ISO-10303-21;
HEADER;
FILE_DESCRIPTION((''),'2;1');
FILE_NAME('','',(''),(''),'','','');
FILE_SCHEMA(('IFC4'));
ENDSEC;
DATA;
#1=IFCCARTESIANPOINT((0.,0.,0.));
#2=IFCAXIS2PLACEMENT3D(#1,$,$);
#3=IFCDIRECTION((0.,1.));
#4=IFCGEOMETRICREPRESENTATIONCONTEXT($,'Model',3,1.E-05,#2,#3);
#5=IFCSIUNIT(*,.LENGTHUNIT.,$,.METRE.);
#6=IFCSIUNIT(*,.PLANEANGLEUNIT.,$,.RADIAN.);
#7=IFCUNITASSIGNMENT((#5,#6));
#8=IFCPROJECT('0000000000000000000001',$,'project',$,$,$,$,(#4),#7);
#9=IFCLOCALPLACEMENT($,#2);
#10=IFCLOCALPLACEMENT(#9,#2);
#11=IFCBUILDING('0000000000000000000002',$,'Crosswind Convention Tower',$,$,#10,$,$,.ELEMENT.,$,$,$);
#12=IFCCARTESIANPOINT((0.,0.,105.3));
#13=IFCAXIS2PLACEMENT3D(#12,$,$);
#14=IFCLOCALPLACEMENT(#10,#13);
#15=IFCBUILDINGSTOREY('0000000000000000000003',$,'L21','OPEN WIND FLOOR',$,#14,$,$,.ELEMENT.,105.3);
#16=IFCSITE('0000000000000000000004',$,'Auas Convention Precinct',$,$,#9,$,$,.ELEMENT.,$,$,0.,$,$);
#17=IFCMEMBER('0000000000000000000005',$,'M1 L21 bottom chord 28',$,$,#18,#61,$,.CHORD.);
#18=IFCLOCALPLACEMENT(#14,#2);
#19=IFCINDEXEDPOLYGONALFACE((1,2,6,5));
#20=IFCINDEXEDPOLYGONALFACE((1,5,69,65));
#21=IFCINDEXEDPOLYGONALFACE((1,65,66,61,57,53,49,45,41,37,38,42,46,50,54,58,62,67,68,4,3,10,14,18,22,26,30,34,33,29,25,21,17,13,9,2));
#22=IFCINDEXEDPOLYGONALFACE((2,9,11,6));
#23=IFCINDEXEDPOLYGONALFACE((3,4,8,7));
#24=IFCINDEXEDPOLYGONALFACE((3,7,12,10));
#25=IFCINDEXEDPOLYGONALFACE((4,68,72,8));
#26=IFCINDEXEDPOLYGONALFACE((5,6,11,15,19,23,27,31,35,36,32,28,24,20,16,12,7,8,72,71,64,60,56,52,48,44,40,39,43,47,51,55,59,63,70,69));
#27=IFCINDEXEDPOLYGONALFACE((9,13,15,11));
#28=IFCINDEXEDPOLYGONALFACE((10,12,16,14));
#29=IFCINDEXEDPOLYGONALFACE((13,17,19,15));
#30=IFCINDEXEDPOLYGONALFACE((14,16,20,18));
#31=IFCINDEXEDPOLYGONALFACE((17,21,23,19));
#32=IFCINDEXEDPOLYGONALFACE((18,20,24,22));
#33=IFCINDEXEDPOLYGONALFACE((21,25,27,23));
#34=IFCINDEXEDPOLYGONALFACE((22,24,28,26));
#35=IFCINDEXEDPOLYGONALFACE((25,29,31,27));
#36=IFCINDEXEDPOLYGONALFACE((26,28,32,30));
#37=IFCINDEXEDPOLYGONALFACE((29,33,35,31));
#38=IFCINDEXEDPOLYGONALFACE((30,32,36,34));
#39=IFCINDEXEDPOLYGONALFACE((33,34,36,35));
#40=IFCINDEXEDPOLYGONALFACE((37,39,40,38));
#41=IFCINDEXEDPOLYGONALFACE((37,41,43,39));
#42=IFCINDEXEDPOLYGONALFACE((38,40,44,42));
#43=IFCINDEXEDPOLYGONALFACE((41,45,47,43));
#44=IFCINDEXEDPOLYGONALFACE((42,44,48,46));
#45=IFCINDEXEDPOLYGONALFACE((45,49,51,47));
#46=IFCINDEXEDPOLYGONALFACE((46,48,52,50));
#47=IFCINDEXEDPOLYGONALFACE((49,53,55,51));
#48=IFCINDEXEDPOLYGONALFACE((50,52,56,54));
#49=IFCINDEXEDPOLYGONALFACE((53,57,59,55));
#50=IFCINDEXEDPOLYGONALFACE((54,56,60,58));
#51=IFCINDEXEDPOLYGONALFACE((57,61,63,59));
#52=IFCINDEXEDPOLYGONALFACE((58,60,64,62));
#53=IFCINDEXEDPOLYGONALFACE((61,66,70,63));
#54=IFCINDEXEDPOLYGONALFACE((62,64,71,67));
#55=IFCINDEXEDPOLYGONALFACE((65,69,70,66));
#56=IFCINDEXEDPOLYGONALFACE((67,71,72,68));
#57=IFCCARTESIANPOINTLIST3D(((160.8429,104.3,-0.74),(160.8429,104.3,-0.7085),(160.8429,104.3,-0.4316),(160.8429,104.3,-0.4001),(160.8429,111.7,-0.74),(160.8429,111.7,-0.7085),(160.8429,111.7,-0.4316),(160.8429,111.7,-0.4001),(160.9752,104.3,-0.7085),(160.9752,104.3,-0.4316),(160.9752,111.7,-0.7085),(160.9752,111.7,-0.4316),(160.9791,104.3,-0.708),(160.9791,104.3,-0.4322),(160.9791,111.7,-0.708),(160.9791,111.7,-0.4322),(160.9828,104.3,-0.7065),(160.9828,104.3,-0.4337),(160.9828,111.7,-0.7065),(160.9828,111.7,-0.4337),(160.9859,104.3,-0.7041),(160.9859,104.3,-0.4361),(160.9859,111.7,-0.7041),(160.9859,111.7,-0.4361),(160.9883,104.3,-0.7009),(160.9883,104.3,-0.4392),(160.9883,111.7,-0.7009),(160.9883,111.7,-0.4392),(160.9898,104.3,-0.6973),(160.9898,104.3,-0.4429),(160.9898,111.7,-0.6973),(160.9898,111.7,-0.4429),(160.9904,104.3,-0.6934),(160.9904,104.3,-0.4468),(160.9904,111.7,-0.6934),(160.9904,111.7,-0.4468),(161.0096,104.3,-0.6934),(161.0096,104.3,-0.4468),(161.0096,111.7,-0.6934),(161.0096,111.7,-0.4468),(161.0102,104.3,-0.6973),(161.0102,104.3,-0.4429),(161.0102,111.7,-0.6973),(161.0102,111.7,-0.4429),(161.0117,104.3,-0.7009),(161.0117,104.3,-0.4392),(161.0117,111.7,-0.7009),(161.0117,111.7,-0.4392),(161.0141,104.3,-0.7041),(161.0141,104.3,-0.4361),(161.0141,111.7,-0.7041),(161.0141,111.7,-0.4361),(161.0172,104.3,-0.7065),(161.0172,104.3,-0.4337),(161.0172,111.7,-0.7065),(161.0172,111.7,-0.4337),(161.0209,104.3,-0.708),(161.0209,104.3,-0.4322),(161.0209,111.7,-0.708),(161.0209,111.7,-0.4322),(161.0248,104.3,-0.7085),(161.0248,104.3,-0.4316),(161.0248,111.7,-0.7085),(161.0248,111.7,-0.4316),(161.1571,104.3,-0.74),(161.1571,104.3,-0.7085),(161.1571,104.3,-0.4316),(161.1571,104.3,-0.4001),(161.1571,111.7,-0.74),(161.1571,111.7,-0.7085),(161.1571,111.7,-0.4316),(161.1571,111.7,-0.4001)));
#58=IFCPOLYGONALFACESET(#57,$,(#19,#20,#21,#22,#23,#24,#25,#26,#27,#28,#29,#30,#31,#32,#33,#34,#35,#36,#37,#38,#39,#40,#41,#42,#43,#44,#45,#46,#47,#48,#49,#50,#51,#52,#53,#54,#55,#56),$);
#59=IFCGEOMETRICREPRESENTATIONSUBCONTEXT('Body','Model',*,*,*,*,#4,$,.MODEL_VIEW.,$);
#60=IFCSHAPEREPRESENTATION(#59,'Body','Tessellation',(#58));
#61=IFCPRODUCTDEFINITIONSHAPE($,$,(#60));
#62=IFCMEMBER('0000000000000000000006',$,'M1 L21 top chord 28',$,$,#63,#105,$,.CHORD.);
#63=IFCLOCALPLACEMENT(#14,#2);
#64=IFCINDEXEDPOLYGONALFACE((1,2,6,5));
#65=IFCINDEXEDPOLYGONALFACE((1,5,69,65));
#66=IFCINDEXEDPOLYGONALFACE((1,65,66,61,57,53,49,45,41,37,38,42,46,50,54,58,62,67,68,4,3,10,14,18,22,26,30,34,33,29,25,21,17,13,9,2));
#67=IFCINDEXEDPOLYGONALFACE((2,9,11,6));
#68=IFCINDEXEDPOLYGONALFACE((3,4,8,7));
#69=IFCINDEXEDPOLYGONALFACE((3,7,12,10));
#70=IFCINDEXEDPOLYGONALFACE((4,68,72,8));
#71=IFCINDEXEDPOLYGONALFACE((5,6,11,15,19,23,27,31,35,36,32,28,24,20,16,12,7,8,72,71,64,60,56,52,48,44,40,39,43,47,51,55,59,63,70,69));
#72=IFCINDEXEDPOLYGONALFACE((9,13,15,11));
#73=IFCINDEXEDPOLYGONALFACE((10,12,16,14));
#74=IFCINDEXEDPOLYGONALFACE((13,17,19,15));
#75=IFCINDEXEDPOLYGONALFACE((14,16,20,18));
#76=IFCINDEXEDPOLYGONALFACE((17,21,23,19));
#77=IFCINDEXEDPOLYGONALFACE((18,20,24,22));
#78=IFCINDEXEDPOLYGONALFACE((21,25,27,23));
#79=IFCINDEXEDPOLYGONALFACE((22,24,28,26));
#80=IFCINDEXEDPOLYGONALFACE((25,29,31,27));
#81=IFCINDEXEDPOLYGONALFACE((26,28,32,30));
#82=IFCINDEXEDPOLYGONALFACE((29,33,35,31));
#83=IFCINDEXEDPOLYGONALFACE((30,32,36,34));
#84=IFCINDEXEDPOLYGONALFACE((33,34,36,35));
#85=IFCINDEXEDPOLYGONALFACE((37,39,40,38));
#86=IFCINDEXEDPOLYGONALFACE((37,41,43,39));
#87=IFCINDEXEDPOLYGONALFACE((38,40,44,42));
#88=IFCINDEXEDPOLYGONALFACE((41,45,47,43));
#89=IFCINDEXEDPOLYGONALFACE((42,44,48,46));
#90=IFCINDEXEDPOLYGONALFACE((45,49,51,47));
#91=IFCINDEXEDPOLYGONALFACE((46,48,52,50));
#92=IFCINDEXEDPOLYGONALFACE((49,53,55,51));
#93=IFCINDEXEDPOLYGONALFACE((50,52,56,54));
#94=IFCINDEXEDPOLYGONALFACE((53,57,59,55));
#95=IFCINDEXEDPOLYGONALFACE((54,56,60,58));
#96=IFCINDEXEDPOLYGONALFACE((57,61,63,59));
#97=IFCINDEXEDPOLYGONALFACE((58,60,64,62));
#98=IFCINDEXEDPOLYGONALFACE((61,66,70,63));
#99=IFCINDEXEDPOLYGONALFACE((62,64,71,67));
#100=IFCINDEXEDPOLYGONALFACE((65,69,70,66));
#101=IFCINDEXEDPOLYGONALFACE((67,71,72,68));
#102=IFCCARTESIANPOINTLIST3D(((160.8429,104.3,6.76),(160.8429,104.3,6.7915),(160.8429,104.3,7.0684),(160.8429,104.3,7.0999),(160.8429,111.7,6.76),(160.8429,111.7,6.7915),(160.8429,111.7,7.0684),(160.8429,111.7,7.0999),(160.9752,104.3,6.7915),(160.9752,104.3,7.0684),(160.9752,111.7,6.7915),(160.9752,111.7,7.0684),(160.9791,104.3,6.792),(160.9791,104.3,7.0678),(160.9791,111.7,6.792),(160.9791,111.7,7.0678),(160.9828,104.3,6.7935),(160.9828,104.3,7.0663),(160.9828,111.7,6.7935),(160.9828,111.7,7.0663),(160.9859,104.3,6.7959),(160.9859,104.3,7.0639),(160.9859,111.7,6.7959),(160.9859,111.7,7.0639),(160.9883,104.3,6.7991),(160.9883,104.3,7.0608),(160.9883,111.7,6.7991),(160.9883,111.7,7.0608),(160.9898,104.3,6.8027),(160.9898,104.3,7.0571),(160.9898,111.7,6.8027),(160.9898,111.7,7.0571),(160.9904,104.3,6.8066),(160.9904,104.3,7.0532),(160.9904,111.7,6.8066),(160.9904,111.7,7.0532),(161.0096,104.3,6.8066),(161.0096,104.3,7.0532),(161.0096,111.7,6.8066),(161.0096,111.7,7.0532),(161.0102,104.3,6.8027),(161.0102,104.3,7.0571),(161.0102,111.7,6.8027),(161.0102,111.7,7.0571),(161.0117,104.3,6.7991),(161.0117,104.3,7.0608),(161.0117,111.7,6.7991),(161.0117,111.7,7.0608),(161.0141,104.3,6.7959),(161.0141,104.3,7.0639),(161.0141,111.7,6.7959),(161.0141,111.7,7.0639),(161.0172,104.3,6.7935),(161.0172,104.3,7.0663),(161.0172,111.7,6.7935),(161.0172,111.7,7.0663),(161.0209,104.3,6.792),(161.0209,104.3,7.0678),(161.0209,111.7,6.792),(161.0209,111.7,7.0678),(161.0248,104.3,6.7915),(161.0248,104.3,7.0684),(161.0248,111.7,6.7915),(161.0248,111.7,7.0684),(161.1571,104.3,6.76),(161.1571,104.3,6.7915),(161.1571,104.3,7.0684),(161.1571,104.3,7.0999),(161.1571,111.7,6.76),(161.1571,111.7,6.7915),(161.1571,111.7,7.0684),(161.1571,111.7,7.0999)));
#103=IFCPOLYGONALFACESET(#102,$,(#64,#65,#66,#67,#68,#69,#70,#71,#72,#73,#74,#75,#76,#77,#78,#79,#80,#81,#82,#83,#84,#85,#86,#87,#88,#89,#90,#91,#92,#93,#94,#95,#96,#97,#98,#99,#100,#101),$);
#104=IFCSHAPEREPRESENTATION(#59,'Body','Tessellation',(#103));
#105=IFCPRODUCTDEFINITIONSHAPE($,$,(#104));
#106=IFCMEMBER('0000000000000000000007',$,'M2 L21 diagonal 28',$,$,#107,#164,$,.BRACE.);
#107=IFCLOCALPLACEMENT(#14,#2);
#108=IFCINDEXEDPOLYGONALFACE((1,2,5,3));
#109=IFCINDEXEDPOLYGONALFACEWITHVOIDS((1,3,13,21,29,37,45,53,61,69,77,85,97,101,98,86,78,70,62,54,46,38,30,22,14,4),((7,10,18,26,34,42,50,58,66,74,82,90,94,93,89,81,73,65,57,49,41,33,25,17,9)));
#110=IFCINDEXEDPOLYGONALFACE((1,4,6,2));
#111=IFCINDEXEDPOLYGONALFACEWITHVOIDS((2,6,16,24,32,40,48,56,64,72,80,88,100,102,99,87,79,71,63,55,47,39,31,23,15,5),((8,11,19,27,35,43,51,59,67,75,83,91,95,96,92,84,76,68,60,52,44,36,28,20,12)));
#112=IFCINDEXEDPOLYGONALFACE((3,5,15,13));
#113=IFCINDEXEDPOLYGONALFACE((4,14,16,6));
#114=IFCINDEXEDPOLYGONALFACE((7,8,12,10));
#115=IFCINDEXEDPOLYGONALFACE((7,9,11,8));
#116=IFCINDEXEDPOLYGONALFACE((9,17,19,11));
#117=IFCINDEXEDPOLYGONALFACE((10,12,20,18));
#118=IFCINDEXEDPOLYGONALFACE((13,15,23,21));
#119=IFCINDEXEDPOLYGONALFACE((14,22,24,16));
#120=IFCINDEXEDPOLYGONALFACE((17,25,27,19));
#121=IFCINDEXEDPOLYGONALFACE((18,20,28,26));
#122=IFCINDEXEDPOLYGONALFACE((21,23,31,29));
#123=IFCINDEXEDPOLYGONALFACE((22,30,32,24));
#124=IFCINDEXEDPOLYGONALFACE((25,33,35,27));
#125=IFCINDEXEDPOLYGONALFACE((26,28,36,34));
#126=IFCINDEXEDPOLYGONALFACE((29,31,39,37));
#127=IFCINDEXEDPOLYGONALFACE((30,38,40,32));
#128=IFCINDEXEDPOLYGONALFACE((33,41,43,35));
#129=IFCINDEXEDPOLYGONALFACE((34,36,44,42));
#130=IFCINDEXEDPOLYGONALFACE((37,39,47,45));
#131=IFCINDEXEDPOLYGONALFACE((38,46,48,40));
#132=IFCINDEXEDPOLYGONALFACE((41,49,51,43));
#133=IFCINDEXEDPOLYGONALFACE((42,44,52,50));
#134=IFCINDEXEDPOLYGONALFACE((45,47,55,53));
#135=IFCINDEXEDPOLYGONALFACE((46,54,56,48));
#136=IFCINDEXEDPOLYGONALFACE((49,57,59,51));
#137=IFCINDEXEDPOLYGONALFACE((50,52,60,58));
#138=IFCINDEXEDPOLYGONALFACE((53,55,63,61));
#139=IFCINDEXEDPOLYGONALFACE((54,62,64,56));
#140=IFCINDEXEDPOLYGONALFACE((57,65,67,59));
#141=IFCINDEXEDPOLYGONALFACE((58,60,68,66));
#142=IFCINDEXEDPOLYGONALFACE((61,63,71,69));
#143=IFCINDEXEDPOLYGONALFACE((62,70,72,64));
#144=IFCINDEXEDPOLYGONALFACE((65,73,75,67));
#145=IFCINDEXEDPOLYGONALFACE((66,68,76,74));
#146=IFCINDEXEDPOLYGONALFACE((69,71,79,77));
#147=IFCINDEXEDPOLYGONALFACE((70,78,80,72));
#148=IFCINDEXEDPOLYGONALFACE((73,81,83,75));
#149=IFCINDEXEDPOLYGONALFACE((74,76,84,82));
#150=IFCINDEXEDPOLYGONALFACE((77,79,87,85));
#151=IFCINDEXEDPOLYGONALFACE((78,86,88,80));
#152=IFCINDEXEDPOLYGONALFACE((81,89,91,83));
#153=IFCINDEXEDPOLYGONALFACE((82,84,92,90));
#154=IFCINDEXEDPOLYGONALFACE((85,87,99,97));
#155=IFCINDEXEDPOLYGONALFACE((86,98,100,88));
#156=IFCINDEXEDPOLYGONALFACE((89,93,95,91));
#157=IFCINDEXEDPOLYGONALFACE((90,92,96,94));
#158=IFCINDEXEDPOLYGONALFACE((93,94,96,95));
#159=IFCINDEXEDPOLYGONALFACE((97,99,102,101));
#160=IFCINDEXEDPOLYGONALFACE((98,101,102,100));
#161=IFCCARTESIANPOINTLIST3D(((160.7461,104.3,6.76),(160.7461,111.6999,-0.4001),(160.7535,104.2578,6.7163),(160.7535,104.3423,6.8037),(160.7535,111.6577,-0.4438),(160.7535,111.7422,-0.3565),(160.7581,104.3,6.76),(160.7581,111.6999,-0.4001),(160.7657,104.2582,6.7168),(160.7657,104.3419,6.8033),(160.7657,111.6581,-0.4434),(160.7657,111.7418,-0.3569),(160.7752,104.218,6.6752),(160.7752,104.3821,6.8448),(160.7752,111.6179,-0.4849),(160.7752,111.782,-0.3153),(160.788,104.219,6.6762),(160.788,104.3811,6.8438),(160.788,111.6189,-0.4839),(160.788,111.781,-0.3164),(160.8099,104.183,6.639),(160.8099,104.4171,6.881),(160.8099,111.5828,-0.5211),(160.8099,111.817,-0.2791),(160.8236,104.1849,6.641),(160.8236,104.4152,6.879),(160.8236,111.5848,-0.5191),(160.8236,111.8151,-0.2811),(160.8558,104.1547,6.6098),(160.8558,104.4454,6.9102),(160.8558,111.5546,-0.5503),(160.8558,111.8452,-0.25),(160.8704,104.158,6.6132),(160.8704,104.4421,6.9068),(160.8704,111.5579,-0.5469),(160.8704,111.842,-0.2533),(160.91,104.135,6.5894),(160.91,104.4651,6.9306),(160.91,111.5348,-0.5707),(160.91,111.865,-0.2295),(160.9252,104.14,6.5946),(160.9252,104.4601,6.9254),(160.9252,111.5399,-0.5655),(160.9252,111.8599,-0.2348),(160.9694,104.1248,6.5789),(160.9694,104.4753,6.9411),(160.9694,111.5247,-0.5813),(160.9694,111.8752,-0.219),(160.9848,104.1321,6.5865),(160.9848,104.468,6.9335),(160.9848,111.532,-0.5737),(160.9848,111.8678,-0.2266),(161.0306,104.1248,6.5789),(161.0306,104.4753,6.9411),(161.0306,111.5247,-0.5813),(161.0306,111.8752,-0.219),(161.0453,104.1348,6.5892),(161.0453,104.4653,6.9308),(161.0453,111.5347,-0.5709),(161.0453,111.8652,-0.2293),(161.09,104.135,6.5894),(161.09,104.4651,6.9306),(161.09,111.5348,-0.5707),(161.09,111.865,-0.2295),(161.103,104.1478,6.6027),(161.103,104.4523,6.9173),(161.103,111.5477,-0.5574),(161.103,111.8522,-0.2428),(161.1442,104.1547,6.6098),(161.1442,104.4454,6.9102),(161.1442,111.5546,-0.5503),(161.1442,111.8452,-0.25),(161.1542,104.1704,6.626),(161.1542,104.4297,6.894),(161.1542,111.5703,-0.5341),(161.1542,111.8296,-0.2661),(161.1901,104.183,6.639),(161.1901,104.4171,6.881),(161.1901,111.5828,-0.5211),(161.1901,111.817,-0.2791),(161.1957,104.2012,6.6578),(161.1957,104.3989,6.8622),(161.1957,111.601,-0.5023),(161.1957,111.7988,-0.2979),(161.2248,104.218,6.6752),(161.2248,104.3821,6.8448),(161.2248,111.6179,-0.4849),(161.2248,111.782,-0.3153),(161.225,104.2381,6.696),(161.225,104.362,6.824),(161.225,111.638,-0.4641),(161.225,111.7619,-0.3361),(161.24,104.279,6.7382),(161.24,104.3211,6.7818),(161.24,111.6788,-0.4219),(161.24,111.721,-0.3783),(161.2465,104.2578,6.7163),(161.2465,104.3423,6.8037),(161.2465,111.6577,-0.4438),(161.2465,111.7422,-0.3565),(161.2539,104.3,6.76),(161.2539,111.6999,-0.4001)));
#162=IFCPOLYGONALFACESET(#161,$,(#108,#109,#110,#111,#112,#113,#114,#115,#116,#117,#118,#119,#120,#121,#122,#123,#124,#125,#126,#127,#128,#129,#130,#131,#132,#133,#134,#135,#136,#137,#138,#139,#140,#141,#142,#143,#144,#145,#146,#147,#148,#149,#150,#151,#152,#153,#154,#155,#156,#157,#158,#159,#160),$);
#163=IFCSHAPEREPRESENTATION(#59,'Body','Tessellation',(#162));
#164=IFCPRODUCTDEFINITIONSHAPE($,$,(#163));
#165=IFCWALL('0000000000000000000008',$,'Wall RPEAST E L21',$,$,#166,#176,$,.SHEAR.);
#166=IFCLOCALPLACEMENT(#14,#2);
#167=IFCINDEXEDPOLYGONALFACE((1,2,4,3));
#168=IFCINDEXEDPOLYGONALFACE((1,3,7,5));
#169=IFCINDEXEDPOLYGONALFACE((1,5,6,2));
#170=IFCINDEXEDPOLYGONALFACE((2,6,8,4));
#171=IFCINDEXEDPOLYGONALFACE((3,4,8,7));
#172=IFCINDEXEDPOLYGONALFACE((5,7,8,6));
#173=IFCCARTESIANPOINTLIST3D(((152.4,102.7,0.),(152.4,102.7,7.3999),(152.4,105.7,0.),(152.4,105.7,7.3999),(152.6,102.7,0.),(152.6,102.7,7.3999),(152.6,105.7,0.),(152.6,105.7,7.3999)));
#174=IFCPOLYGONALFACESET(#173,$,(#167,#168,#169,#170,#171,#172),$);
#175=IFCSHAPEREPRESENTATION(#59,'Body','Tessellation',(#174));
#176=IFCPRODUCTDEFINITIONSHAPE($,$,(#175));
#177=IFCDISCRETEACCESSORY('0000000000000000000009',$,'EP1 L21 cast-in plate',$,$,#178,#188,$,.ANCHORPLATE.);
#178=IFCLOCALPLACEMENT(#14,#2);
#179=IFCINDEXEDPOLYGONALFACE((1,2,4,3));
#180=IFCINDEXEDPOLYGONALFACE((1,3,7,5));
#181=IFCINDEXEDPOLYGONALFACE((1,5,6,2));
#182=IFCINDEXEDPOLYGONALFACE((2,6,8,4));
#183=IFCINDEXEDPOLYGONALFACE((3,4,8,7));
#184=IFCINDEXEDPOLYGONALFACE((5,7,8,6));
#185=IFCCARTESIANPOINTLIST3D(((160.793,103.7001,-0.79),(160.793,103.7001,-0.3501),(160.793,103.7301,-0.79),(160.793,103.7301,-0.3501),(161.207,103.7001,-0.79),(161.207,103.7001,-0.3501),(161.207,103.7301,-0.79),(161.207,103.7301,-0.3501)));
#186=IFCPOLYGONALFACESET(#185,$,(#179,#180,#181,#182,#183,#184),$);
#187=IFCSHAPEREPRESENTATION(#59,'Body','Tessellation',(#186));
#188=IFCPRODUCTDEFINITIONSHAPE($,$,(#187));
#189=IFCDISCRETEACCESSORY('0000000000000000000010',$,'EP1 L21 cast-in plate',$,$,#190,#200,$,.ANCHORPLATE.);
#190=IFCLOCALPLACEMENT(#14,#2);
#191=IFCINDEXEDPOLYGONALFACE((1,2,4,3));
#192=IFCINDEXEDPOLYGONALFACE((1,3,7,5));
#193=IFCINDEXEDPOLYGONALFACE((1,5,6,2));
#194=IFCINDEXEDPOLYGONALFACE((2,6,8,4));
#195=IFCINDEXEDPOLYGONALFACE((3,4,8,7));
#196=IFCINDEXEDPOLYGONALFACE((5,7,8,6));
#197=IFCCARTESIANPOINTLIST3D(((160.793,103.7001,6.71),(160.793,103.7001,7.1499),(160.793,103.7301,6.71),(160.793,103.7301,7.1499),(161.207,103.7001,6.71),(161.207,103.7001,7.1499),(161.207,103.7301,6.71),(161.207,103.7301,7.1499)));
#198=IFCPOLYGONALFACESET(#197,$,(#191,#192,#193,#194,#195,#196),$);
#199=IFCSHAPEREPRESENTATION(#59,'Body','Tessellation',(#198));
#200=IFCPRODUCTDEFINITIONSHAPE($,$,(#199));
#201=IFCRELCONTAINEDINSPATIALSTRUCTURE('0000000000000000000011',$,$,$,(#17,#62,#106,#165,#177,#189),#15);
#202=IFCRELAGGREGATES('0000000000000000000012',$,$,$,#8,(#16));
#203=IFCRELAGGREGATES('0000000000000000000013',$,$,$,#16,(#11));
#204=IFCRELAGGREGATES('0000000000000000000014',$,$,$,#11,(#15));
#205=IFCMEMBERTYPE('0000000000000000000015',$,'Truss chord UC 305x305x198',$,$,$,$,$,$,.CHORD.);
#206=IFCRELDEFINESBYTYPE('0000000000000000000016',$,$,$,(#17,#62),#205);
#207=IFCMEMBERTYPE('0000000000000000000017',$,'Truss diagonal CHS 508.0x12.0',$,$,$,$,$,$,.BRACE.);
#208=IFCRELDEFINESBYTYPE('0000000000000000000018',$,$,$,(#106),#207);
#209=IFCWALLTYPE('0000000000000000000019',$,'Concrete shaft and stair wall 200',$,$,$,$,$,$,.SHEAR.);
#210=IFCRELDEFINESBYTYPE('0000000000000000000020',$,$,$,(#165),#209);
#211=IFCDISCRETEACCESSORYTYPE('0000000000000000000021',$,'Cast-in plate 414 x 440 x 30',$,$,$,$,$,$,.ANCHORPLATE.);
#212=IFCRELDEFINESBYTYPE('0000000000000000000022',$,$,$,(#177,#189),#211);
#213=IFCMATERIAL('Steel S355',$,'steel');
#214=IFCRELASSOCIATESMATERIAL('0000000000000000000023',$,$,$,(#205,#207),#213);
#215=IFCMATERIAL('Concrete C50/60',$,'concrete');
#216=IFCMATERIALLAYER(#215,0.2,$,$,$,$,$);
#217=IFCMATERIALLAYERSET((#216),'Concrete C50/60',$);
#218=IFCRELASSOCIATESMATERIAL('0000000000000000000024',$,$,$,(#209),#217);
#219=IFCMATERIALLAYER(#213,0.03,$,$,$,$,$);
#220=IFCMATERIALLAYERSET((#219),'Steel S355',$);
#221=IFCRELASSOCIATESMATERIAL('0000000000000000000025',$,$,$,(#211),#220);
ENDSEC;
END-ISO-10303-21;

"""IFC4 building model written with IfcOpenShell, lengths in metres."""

from ifc_helpers import new_model, si_unit, direction, frame, frame_2d, origin, origin_2d, place, context, subcontext, project, spatial, rectangle, hollow_circle, i_section, extrude, material, layer, layer_set, material_profile, profile_set, type_object, element, save


model = new_model("IFC4")

# Units and contexts
model_context = context("Model", 3, precision=1e-05, world=origin(), true_north=direction((0.0, 1.0)))
body_context = subcontext(model_context, "Body", "Model", "MODEL_VIEW")
ifc_project = project(units=[si_unit("LENGTHUNIT", "METRE"), si_unit("PLANEANGLEUNIT", "RADIAN")], contexts=[model_context])

# Site, building, storey
site_placement = place(None, origin())
site = spatial("IfcSite", under=ifc_project, at=site_placement, Name="Auas Convention Precinct", CompositionType="ELEMENT", RefElevation=0.0)
building_placement = place(site_placement, origin())
building = spatial("IfcBuilding", under=site, at=building_placement, Name="Crosswind Convention Tower", CompositionType="ELEMENT")
storey_placement = place(building_placement, frame((0.0, 0.0, 105.3)))
storey = spatial("IfcBuildingStorey", under=building, at=storey_placement, Name="L21", Description="OPEN WIND FLOOR", CompositionType="ELEMENT", Elevation=105.3)

# Shared definitions
ifc_material_1 = material(Name="Steel S355", Category="steel")

# Members
ifc_material_profile_1 = material_profile(ifc_material_1, i_section(OverallWidth=0.3142, OverallDepth=0.3398, WebThickness=0.0193, FlangeThickness=0.0315, FilletRadius=0.0151, at=origin_2d()), Name="UC 305x305x198")
ifc_profile_set_1 = profile_set([ifc_material_profile_1], Name="Steel S355")
member_type_1 = type_object("IfcMemberType", Name="Truss chord UC 305x305x198", PredefinedType="CHORD", material=ifc_profile_set_1)
for number, where, z_axis, x_axis, name in (
    (1, (161.0, 104.3, -0.5701), (0.0, 1.0, 0.0), (-1.0, 0.0, 0.0), "M1 L21 bottom chord 28"),
    (2, (161.0, 104.3, 6.9299), (0.0, 1.0, 0.0), (-1.0, 0.0, 0.0), "M1 L21 top chord 28"),
):
    element("IfcMember", number, at=place(storey_placement, frame(where, z_axis=z_axis, x_axis=x_axis)), inside=storey, type_object=member_type_1, Name=name, PredefinedType="CHORD", context=body_context, shape_type="SweptSolid", body=[
        extrude(i_section(OverallWidth=0.3142, OverallDepth=0.3398, WebThickness=0.0193, FlangeThickness=0.0315, FilletRadius=0.0151, at=origin_2d()), origin(), (0.0, 0.0, 1.0), 7.3999),
    ])
ifc_material_profile_2 = material_profile(ifc_material_1, hollow_circle(Radius=0.2539, WallThickness=0.012, at=origin_2d()), Name="CHS 508.0x12.0")
ifc_profile_set_2 = profile_set([ifc_material_profile_2], Name="Steel S355")
member_type_2 = type_object("IfcMemberType", Name="Truss diagonal CHS 508.0x12.0", PredefinedType="BRACE", material=ifc_profile_set_2)
member_placement = place(storey_placement, frame((161.0, 104.3, 6.76), z_axis=(0.0, 0.718653, -0.695369), x_axis=(-1.0, 0.0, 0.0)))
element("IfcMember", 3, at=member_placement, inside=storey, type_object=member_type_2, Name="M2 L21 diagonal 28", PredefinedType="BRACE", context=body_context, shape_type="SweptSolid", body=[
    extrude(hollow_circle(Radius=0.2539, WallThickness=0.012, at=origin_2d()), origin(), (0.0, 0.0, 1.0), 10.2969),
])

# Wall
ifc_material_2 = material(Name="Concrete C50/60", Category="concrete")
ifc_layer_1 = layer(ifc_material_2, 0.2)
ifc_layer_set_1 = layer_set([ifc_layer_1], Name="Concrete C50/60")
wall_type = type_object("IfcWallType", Name="Concrete shaft and stair wall 200", PredefinedType="SHEAR", material=ifc_layer_set_1)
wall_placement = place(storey_placement, frame((152.5, 102.7, 0.0), z_axis=(0.0, 0.0, 1.0), x_axis=(0.0, 1.0, 0.0)))
element("IfcWall", 4, at=wall_placement, inside=storey, type_object=wall_type, Name="Wall RPEAST E L21", PredefinedType="SHEAR", context=body_context, shape_type="SweptSolid", body=[
    extrude(rectangle(XDim=3.0, YDim=0.2, at=frame_2d((1.5, 0.0))), origin(), (0.0, 0.0, 1.0), 7.3999),
])

# Discrete accessories
ifc_layer_2 = layer(ifc_material_1, 0.03)
ifc_layer_set_2 = layer_set([ifc_layer_2], Name="Steel S355")
discrete_accessory_type_1 = type_object("IfcDiscreteAccessoryType", Name="Cast-in plate 414 x 440 x 30", PredefinedType="ANCHORPLATE", material=ifc_layer_set_2)
for number, where, z_axis, x_axis, name in (
    (5, (161.0, 103.7151, -0.79), (0.0, 0.0, 1.0), (1.0, 0.0, 0.0), "EP1 L21 cast-in plate"),
    (6, (161.0, 103.7151, 6.71), (0.0, 0.0, 1.0), (1.0, 0.0, 0.0), "EP1 L21 cast-in plate"),
):
    element("IfcDiscreteAccessory", number, at=place(storey_placement, frame(where, z_axis=z_axis, x_axis=x_axis)), inside=storey, type_object=discrete_accessory_type_1, Name=name, PredefinedType="ANCHORPLATE", context=body_context, shape_type="SweptSolid", body=[
        extrude(rectangle(XDim=0.4141, YDim=0.03, at=origin_2d()), origin(), (0.0, 0.0, 1.0), 0.4399),
    ])

save(model, "model.ifc")
